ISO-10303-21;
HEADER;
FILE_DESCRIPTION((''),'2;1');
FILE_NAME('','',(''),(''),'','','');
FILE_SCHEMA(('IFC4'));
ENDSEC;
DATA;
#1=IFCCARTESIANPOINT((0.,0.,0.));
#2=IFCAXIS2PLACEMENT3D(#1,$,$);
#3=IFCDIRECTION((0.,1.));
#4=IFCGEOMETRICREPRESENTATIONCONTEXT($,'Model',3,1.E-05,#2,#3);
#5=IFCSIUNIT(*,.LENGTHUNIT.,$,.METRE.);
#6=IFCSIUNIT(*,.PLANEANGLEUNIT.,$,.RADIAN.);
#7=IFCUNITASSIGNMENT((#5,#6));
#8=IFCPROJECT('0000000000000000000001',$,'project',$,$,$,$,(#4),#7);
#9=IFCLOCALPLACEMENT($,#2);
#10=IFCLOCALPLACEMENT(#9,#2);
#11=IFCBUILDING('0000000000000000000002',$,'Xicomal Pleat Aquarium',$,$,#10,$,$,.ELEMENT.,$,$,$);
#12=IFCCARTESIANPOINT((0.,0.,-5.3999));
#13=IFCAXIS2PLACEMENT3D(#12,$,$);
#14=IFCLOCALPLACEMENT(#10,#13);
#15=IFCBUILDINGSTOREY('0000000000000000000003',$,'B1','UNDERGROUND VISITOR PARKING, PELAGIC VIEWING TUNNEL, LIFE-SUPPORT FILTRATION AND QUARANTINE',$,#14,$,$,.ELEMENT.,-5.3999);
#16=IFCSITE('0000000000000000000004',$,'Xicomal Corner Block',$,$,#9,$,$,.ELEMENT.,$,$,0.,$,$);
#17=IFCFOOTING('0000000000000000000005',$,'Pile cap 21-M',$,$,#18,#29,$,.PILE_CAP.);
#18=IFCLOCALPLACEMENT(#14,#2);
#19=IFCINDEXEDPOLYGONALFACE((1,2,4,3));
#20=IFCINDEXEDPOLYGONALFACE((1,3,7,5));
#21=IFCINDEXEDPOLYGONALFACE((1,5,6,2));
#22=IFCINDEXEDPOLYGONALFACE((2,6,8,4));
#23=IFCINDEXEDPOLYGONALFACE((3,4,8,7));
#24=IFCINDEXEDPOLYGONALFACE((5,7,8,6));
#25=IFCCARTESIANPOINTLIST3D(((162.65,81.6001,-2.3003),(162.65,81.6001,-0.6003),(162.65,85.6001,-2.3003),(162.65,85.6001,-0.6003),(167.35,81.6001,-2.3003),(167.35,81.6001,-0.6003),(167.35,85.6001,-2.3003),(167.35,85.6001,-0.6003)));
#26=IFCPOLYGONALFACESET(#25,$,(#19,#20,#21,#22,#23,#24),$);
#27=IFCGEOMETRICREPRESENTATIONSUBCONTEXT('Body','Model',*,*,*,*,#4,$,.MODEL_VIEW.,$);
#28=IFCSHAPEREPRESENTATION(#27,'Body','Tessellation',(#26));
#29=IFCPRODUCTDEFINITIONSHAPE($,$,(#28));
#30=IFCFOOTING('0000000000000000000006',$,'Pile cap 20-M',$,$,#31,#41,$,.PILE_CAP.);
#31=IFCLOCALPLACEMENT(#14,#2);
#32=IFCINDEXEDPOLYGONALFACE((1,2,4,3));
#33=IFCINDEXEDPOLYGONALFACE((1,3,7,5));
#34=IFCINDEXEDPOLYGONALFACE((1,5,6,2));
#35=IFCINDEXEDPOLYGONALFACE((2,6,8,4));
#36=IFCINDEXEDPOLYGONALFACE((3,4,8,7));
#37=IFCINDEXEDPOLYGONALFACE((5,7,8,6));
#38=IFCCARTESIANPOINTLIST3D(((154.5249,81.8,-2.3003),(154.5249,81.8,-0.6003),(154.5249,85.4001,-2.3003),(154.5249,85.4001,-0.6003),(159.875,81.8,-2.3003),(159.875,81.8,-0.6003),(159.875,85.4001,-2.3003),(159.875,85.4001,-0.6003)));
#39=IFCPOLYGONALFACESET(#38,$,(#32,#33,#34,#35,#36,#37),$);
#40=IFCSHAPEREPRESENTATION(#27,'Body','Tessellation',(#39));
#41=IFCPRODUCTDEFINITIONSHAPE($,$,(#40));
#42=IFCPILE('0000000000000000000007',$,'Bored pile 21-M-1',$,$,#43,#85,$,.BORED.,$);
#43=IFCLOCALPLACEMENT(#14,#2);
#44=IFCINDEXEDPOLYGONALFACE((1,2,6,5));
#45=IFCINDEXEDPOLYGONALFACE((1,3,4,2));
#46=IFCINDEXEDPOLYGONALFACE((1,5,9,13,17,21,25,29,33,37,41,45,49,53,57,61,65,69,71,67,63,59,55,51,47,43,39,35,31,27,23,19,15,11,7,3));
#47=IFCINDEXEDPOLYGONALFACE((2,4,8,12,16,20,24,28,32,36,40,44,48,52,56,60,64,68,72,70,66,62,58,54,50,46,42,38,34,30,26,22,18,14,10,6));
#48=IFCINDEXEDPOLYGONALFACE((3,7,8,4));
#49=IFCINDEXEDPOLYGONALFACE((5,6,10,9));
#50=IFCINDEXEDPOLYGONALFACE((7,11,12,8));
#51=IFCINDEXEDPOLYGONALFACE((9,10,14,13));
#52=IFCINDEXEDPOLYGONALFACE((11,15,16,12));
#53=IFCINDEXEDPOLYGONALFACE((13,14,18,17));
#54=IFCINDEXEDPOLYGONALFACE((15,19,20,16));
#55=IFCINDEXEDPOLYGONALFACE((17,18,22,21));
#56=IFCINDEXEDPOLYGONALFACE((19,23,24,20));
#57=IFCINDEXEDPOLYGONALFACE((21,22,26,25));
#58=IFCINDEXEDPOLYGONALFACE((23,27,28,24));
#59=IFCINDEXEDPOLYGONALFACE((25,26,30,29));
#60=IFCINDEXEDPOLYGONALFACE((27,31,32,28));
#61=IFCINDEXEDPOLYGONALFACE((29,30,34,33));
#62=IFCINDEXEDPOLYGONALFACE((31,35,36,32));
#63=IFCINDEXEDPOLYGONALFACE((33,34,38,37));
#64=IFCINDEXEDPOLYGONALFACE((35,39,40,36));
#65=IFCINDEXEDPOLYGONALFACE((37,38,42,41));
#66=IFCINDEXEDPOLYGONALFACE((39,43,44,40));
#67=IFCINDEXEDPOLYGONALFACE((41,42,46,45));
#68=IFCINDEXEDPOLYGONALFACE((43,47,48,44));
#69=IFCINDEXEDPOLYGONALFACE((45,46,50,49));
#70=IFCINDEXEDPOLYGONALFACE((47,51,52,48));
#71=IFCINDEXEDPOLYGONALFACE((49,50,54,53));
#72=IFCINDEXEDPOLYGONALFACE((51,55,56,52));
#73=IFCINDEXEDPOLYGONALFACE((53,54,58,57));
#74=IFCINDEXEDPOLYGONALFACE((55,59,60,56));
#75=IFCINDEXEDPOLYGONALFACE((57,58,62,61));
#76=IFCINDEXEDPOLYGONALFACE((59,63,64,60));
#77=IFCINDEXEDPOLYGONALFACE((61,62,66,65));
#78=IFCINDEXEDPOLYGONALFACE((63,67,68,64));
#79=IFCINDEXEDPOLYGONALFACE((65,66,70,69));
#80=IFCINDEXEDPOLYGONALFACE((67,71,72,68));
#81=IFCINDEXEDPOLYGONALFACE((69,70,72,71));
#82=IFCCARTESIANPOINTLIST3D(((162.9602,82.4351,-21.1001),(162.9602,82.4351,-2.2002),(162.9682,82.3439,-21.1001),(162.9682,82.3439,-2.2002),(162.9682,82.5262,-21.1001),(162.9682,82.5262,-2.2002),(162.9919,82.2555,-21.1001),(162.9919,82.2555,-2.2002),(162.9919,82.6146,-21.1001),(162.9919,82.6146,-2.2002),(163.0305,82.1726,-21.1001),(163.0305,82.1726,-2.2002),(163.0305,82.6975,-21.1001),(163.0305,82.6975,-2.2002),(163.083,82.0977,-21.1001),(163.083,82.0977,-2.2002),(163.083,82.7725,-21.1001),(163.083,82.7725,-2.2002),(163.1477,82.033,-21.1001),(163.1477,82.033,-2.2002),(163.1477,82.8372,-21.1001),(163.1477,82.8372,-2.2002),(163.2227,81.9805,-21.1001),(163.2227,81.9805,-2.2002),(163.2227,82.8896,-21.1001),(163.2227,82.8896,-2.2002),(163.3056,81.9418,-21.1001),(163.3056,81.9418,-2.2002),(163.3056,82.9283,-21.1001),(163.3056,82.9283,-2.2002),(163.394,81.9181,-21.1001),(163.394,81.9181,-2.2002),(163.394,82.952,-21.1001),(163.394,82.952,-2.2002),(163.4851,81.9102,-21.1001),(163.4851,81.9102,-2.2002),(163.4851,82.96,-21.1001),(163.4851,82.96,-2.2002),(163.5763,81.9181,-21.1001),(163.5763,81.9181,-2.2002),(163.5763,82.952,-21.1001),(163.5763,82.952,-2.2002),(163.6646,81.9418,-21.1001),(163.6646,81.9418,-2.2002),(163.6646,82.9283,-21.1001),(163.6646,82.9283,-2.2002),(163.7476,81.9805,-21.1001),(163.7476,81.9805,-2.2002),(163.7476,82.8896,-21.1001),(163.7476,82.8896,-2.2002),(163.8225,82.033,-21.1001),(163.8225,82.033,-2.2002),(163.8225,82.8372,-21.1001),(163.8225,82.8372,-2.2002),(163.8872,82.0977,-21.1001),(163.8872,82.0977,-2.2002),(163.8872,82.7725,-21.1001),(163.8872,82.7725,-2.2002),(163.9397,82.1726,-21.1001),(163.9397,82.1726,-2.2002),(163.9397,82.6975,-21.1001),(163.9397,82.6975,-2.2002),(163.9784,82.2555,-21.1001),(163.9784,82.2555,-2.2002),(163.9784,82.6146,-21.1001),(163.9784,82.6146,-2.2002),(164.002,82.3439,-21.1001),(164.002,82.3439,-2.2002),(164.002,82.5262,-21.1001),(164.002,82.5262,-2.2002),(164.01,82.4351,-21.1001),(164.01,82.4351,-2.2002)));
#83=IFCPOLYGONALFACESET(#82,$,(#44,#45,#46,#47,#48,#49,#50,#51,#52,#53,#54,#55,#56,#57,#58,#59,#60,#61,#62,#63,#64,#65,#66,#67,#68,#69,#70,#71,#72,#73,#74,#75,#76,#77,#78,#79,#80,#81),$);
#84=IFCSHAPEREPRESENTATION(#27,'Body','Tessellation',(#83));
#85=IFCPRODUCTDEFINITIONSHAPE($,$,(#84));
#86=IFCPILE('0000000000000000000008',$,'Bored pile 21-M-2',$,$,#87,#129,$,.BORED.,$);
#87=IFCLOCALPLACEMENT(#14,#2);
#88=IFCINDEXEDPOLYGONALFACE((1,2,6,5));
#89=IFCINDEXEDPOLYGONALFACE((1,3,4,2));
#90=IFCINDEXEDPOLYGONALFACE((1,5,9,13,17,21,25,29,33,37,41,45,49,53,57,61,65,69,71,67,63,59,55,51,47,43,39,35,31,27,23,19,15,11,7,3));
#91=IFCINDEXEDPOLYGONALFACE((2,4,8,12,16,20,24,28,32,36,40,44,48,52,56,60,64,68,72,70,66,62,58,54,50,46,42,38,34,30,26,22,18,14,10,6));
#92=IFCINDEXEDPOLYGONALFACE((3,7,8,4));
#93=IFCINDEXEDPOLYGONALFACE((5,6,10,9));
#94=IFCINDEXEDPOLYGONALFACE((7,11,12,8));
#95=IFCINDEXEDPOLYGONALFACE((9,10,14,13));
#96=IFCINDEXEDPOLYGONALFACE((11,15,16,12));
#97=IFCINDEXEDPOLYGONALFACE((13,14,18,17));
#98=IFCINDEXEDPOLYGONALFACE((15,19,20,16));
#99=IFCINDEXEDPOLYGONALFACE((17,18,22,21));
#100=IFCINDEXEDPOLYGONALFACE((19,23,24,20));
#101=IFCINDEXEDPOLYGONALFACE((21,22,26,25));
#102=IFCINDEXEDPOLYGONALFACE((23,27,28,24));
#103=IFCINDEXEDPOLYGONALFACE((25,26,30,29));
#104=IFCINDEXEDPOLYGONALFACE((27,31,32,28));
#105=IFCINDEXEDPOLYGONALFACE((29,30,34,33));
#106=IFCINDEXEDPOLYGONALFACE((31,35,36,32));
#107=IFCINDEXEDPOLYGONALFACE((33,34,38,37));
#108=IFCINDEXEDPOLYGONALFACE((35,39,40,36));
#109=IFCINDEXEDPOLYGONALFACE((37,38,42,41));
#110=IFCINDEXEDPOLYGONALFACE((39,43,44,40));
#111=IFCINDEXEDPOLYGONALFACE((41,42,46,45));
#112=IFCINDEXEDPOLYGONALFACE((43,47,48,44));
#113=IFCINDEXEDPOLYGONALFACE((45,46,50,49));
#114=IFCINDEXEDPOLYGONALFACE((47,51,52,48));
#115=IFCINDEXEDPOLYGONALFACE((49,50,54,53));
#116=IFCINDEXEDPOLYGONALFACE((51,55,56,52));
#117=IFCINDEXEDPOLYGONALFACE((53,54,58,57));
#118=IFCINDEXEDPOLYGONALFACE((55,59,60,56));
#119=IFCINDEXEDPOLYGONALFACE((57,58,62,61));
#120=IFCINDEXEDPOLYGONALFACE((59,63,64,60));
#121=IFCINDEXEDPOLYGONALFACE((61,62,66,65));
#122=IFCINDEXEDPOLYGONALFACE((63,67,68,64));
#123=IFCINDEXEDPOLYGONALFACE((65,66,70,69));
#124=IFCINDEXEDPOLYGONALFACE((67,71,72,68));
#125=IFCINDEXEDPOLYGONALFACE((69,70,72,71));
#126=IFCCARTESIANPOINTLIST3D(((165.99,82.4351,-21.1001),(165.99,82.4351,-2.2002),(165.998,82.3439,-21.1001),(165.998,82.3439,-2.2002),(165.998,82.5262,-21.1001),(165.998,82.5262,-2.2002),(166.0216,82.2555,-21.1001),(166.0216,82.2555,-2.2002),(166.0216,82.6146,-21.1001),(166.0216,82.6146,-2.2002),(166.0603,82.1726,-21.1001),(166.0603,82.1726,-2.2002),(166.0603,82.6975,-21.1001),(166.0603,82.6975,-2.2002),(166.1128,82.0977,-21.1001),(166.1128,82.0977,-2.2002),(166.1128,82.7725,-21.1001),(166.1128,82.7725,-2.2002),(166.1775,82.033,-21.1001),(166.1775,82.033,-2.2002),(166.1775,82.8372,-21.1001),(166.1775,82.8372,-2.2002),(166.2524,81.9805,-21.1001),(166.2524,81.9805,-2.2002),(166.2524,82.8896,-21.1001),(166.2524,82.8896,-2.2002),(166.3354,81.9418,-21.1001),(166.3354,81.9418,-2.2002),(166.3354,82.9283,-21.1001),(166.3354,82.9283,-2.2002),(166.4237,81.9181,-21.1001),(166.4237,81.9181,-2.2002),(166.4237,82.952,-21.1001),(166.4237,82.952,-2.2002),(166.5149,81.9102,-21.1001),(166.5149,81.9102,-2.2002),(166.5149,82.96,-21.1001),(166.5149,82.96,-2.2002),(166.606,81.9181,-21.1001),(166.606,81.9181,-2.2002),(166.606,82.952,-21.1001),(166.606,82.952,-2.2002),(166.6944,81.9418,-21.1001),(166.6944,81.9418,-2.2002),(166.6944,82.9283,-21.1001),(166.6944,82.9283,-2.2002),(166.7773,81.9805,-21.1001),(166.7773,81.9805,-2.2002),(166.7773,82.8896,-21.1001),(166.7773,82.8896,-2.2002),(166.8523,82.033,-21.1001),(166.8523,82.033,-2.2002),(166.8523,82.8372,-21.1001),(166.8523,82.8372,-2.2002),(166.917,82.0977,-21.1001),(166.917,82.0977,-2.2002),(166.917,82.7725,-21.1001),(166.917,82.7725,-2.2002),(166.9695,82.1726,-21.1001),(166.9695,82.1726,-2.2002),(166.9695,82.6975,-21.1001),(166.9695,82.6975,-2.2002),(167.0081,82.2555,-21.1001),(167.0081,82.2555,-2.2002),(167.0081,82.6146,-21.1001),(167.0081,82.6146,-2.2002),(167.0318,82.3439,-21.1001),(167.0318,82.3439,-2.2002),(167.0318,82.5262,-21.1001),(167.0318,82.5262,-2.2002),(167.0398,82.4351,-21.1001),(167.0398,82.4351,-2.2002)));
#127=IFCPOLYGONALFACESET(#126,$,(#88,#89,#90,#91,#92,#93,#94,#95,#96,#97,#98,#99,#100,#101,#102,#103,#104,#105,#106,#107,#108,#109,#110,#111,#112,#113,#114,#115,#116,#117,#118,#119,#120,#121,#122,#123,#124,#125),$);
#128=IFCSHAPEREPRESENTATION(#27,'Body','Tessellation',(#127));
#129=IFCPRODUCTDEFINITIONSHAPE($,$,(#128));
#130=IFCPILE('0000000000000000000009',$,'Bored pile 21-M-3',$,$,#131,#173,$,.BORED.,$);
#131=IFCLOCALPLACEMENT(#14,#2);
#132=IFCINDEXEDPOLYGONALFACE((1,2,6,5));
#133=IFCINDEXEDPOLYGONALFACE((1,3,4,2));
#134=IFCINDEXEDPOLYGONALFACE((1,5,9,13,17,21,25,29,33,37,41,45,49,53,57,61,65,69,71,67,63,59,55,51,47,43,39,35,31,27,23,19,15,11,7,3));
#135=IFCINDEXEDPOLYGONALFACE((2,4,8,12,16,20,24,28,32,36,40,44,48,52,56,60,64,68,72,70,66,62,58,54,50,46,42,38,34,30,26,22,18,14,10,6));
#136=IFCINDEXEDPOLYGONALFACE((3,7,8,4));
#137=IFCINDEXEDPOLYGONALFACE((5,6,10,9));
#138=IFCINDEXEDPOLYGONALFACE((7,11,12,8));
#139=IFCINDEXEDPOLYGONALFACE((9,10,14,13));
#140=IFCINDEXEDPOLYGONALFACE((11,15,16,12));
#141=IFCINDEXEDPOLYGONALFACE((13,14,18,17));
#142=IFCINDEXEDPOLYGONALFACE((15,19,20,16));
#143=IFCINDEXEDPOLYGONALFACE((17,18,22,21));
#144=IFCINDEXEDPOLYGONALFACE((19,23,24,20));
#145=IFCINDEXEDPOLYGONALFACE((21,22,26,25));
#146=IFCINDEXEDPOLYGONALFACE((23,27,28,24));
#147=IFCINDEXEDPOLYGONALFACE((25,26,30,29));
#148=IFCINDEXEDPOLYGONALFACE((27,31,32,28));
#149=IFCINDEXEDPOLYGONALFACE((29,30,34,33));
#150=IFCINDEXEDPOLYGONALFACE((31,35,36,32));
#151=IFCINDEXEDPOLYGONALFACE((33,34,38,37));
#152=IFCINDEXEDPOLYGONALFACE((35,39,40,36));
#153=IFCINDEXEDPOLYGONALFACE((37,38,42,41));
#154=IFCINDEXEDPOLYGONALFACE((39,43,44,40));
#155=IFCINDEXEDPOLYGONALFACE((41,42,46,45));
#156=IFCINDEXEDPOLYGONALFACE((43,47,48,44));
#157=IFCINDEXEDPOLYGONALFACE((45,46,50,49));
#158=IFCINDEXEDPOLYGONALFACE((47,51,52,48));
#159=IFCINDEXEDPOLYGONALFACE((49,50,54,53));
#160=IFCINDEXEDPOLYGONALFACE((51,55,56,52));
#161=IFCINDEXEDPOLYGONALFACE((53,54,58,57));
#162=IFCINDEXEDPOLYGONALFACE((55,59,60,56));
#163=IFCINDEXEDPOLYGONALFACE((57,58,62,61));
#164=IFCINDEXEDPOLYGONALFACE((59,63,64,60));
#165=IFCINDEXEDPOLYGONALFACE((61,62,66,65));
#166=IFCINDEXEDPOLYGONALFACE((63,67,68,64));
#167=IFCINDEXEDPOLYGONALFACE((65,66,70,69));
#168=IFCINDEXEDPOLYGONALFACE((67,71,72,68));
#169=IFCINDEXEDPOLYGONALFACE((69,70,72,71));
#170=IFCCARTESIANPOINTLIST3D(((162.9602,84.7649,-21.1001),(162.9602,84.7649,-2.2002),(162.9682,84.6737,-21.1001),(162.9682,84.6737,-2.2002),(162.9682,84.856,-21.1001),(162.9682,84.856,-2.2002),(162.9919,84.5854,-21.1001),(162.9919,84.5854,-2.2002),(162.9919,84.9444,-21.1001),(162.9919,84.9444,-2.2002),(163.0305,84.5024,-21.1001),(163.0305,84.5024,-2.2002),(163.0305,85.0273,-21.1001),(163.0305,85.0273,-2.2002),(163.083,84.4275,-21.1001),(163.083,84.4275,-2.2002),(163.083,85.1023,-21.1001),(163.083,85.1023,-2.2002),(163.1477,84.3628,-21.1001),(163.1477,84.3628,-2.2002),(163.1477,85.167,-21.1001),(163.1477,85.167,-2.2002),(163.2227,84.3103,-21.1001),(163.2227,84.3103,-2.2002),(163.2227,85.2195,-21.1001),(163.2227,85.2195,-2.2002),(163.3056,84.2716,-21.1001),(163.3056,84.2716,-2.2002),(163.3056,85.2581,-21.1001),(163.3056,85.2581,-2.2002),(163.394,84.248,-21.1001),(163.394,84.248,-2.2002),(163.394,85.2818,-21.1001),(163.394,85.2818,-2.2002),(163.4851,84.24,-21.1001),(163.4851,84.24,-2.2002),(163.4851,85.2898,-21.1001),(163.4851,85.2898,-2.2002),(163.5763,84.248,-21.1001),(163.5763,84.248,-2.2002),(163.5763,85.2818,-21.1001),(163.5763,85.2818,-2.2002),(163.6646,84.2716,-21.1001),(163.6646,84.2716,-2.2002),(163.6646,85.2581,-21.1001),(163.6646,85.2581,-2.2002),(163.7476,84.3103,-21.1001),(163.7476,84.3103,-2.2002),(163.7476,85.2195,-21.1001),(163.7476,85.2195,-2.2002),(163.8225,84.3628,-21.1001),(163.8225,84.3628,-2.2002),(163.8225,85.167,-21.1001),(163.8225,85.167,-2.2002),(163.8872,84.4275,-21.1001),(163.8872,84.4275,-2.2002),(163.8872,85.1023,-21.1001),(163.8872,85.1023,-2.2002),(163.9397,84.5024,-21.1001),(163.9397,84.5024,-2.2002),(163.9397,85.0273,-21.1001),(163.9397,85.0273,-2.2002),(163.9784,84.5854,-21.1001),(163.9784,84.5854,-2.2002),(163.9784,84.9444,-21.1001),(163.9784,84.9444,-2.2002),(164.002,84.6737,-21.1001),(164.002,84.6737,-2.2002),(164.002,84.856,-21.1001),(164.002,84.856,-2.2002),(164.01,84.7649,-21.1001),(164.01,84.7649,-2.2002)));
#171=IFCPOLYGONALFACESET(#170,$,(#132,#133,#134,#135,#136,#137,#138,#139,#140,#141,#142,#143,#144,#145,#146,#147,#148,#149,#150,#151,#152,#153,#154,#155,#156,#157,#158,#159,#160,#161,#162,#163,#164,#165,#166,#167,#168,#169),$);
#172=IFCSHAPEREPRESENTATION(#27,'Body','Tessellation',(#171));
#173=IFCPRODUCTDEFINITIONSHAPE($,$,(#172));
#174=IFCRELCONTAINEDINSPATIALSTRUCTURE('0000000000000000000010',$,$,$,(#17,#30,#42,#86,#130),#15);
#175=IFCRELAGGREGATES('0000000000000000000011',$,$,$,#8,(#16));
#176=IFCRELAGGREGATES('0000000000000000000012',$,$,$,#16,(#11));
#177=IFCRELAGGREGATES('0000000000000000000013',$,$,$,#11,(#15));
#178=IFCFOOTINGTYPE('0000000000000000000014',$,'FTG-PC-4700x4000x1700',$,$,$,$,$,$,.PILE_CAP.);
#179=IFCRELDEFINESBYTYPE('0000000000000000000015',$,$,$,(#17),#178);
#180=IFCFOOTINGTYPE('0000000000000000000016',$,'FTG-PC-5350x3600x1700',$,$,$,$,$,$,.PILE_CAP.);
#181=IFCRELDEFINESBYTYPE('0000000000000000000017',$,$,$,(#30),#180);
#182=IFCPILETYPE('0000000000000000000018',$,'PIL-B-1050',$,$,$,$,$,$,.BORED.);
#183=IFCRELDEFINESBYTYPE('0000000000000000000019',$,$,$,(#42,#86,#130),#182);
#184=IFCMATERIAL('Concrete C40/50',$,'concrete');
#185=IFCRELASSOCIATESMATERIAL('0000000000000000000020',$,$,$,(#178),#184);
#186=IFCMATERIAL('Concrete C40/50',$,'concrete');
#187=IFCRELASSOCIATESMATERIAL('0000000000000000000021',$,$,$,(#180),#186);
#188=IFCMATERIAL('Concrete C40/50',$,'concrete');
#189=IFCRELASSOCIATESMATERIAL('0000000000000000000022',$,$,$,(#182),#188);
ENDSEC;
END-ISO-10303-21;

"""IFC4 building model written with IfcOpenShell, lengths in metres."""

from ifc_helpers import new_model, si_unit, direction, frame, origin, origin_2d, place, context, subcontext, project, spatial, rectangle, circle, extrude, material, material_profile, profile_set, type_object, element, save


model = new_model("IFC4")

# Units and contexts
model_context = context("Model", 3, precision=1e-05, world=origin(), true_north=direction((0.0, 1.0)))
body_context = subcontext(model_context, "Body", "Model", "MODEL_VIEW")
ifc_project = project(units=[si_unit("LENGTHUNIT", "METRE"), si_unit("PLANEANGLEUNIT", "RADIAN")], contexts=[model_context])

# Site, building, storey
site_placement = place(None, origin())
site = spatial("IfcSite", under=ifc_project, at=site_placement, Name="Xicomal Corner Block", CompositionType="ELEMENT", RefElevation=0.0)
building_placement = place(site_placement, origin())
building = spatial("IfcBuilding", under=site, at=building_placement, Name="Xicomal Pleat Aquarium", CompositionType="ELEMENT")
storey_placement = place(building_placement, frame((0.0, 0.0, -5.3999)))
storey = spatial("IfcBuildingStorey", under=building, at=storey_placement, Name="B1", Description="UNDERGROUND VISITOR PARKING, PELAGIC VIEWING TUNNEL, LIFE-SUPPORT FILTRATION AND QUARANTINE", CompositionType="ELEMENT", Elevation=-5.3999)

# Footings
ifc_material_1 = material(Name="Concrete C40/50", Category="concrete")
footing_type_1 = type_object("IfcFootingType", Name="FTG-PC-4700x4000x1700", PredefinedType="PILE_CAP", material=ifc_material_1)
footing_1_placement = place(storey_placement, frame((165.0, 83.6001, -2.3003), z_axis=(0.0, 0.0, 1.0), x_axis=(1.0, 0.0, 0.0)))
element("IfcFooting", 1, at=footing_1_placement, inside=storey, type_object=footing_type_1, Name="Pile cap 21-M", PredefinedType="PILE_CAP", context=body_context, shape_type="SweptSolid", body=[
    extrude(rectangle(XDim=4.7, YDim=4.0, at=origin_2d()), origin(), (0.0, 0.0, 1.0), 1.7),
])
ifc_material_2 = material(Name="Concrete C40/50", Category="concrete")
footing_type_2 = type_object("IfcFootingType", Name="FTG-PC-5350x3600x1700", PredefinedType="PILE_CAP", material=ifc_material_2)
footing_2_placement = place(storey_placement, frame((157.2, 83.6001, -2.3003), z_axis=(0.0, 0.0, 1.0), x_axis=(1.0, 0.0, 0.0)))
element("IfcFooting", 2, at=footing_2_placement, inside=storey, type_object=footing_type_2, Name="Pile cap 20-M", PredefinedType="PILE_CAP", context=body_context, shape_type="SweptSolid", body=[
    extrude(rectangle(XDim=5.3501, YDim=3.6001, at=origin_2d()), origin(), (0.0, 0.0, 1.0), 1.7),
])

# Piles
ifc_material_3 = material(Name="Concrete C40/50", Category="concrete")
ifc_material_profile_1 = material_profile(ifc_material_3, circle(Radius=0.5249, at=origin_2d()), Name="BORED PILE D1050")
ifc_profile_set_1 = profile_set([ifc_material_profile_1], Name="Concrete C40/50")
pile_type_1 = type_object("IfcPileType", Name="PIL-B-1050", PredefinedType="BORED", material=ifc_profile_set_1)
for number, where, z_axis, x_axis, name in (
    (3, (163.4851, 82.4351, -2.2002), (0.0, 0.0, -1.0), (1.0, 0.0, 0.0), "Bored pile 21-M-1"),
    (4, (166.5149, 82.4351, -2.2002), (0.0, 0.0, -1.0), (1.0, 0.0, 0.0), "Bored pile 21-M-2"),
    (5, (163.4851, 84.7649, -2.2002), (0.0, 0.0, -1.0), (1.0, 0.0, 0.0), "Bored pile 21-M-3"),
):
    element("IfcPile", number, at=place(storey_placement, frame(where, z_axis=z_axis, x_axis=x_axis)), inside=storey, type_object=pile_type_1, Name=name, PredefinedType="BORED", context=body_context, shape_type="SweptSolid", body=[
        extrude(circle(Radius=0.5249, at=origin_2d()), origin(), (0.0, 0.0, 1.0), 18.8999),
    ])

save(model, "model.ifc")
